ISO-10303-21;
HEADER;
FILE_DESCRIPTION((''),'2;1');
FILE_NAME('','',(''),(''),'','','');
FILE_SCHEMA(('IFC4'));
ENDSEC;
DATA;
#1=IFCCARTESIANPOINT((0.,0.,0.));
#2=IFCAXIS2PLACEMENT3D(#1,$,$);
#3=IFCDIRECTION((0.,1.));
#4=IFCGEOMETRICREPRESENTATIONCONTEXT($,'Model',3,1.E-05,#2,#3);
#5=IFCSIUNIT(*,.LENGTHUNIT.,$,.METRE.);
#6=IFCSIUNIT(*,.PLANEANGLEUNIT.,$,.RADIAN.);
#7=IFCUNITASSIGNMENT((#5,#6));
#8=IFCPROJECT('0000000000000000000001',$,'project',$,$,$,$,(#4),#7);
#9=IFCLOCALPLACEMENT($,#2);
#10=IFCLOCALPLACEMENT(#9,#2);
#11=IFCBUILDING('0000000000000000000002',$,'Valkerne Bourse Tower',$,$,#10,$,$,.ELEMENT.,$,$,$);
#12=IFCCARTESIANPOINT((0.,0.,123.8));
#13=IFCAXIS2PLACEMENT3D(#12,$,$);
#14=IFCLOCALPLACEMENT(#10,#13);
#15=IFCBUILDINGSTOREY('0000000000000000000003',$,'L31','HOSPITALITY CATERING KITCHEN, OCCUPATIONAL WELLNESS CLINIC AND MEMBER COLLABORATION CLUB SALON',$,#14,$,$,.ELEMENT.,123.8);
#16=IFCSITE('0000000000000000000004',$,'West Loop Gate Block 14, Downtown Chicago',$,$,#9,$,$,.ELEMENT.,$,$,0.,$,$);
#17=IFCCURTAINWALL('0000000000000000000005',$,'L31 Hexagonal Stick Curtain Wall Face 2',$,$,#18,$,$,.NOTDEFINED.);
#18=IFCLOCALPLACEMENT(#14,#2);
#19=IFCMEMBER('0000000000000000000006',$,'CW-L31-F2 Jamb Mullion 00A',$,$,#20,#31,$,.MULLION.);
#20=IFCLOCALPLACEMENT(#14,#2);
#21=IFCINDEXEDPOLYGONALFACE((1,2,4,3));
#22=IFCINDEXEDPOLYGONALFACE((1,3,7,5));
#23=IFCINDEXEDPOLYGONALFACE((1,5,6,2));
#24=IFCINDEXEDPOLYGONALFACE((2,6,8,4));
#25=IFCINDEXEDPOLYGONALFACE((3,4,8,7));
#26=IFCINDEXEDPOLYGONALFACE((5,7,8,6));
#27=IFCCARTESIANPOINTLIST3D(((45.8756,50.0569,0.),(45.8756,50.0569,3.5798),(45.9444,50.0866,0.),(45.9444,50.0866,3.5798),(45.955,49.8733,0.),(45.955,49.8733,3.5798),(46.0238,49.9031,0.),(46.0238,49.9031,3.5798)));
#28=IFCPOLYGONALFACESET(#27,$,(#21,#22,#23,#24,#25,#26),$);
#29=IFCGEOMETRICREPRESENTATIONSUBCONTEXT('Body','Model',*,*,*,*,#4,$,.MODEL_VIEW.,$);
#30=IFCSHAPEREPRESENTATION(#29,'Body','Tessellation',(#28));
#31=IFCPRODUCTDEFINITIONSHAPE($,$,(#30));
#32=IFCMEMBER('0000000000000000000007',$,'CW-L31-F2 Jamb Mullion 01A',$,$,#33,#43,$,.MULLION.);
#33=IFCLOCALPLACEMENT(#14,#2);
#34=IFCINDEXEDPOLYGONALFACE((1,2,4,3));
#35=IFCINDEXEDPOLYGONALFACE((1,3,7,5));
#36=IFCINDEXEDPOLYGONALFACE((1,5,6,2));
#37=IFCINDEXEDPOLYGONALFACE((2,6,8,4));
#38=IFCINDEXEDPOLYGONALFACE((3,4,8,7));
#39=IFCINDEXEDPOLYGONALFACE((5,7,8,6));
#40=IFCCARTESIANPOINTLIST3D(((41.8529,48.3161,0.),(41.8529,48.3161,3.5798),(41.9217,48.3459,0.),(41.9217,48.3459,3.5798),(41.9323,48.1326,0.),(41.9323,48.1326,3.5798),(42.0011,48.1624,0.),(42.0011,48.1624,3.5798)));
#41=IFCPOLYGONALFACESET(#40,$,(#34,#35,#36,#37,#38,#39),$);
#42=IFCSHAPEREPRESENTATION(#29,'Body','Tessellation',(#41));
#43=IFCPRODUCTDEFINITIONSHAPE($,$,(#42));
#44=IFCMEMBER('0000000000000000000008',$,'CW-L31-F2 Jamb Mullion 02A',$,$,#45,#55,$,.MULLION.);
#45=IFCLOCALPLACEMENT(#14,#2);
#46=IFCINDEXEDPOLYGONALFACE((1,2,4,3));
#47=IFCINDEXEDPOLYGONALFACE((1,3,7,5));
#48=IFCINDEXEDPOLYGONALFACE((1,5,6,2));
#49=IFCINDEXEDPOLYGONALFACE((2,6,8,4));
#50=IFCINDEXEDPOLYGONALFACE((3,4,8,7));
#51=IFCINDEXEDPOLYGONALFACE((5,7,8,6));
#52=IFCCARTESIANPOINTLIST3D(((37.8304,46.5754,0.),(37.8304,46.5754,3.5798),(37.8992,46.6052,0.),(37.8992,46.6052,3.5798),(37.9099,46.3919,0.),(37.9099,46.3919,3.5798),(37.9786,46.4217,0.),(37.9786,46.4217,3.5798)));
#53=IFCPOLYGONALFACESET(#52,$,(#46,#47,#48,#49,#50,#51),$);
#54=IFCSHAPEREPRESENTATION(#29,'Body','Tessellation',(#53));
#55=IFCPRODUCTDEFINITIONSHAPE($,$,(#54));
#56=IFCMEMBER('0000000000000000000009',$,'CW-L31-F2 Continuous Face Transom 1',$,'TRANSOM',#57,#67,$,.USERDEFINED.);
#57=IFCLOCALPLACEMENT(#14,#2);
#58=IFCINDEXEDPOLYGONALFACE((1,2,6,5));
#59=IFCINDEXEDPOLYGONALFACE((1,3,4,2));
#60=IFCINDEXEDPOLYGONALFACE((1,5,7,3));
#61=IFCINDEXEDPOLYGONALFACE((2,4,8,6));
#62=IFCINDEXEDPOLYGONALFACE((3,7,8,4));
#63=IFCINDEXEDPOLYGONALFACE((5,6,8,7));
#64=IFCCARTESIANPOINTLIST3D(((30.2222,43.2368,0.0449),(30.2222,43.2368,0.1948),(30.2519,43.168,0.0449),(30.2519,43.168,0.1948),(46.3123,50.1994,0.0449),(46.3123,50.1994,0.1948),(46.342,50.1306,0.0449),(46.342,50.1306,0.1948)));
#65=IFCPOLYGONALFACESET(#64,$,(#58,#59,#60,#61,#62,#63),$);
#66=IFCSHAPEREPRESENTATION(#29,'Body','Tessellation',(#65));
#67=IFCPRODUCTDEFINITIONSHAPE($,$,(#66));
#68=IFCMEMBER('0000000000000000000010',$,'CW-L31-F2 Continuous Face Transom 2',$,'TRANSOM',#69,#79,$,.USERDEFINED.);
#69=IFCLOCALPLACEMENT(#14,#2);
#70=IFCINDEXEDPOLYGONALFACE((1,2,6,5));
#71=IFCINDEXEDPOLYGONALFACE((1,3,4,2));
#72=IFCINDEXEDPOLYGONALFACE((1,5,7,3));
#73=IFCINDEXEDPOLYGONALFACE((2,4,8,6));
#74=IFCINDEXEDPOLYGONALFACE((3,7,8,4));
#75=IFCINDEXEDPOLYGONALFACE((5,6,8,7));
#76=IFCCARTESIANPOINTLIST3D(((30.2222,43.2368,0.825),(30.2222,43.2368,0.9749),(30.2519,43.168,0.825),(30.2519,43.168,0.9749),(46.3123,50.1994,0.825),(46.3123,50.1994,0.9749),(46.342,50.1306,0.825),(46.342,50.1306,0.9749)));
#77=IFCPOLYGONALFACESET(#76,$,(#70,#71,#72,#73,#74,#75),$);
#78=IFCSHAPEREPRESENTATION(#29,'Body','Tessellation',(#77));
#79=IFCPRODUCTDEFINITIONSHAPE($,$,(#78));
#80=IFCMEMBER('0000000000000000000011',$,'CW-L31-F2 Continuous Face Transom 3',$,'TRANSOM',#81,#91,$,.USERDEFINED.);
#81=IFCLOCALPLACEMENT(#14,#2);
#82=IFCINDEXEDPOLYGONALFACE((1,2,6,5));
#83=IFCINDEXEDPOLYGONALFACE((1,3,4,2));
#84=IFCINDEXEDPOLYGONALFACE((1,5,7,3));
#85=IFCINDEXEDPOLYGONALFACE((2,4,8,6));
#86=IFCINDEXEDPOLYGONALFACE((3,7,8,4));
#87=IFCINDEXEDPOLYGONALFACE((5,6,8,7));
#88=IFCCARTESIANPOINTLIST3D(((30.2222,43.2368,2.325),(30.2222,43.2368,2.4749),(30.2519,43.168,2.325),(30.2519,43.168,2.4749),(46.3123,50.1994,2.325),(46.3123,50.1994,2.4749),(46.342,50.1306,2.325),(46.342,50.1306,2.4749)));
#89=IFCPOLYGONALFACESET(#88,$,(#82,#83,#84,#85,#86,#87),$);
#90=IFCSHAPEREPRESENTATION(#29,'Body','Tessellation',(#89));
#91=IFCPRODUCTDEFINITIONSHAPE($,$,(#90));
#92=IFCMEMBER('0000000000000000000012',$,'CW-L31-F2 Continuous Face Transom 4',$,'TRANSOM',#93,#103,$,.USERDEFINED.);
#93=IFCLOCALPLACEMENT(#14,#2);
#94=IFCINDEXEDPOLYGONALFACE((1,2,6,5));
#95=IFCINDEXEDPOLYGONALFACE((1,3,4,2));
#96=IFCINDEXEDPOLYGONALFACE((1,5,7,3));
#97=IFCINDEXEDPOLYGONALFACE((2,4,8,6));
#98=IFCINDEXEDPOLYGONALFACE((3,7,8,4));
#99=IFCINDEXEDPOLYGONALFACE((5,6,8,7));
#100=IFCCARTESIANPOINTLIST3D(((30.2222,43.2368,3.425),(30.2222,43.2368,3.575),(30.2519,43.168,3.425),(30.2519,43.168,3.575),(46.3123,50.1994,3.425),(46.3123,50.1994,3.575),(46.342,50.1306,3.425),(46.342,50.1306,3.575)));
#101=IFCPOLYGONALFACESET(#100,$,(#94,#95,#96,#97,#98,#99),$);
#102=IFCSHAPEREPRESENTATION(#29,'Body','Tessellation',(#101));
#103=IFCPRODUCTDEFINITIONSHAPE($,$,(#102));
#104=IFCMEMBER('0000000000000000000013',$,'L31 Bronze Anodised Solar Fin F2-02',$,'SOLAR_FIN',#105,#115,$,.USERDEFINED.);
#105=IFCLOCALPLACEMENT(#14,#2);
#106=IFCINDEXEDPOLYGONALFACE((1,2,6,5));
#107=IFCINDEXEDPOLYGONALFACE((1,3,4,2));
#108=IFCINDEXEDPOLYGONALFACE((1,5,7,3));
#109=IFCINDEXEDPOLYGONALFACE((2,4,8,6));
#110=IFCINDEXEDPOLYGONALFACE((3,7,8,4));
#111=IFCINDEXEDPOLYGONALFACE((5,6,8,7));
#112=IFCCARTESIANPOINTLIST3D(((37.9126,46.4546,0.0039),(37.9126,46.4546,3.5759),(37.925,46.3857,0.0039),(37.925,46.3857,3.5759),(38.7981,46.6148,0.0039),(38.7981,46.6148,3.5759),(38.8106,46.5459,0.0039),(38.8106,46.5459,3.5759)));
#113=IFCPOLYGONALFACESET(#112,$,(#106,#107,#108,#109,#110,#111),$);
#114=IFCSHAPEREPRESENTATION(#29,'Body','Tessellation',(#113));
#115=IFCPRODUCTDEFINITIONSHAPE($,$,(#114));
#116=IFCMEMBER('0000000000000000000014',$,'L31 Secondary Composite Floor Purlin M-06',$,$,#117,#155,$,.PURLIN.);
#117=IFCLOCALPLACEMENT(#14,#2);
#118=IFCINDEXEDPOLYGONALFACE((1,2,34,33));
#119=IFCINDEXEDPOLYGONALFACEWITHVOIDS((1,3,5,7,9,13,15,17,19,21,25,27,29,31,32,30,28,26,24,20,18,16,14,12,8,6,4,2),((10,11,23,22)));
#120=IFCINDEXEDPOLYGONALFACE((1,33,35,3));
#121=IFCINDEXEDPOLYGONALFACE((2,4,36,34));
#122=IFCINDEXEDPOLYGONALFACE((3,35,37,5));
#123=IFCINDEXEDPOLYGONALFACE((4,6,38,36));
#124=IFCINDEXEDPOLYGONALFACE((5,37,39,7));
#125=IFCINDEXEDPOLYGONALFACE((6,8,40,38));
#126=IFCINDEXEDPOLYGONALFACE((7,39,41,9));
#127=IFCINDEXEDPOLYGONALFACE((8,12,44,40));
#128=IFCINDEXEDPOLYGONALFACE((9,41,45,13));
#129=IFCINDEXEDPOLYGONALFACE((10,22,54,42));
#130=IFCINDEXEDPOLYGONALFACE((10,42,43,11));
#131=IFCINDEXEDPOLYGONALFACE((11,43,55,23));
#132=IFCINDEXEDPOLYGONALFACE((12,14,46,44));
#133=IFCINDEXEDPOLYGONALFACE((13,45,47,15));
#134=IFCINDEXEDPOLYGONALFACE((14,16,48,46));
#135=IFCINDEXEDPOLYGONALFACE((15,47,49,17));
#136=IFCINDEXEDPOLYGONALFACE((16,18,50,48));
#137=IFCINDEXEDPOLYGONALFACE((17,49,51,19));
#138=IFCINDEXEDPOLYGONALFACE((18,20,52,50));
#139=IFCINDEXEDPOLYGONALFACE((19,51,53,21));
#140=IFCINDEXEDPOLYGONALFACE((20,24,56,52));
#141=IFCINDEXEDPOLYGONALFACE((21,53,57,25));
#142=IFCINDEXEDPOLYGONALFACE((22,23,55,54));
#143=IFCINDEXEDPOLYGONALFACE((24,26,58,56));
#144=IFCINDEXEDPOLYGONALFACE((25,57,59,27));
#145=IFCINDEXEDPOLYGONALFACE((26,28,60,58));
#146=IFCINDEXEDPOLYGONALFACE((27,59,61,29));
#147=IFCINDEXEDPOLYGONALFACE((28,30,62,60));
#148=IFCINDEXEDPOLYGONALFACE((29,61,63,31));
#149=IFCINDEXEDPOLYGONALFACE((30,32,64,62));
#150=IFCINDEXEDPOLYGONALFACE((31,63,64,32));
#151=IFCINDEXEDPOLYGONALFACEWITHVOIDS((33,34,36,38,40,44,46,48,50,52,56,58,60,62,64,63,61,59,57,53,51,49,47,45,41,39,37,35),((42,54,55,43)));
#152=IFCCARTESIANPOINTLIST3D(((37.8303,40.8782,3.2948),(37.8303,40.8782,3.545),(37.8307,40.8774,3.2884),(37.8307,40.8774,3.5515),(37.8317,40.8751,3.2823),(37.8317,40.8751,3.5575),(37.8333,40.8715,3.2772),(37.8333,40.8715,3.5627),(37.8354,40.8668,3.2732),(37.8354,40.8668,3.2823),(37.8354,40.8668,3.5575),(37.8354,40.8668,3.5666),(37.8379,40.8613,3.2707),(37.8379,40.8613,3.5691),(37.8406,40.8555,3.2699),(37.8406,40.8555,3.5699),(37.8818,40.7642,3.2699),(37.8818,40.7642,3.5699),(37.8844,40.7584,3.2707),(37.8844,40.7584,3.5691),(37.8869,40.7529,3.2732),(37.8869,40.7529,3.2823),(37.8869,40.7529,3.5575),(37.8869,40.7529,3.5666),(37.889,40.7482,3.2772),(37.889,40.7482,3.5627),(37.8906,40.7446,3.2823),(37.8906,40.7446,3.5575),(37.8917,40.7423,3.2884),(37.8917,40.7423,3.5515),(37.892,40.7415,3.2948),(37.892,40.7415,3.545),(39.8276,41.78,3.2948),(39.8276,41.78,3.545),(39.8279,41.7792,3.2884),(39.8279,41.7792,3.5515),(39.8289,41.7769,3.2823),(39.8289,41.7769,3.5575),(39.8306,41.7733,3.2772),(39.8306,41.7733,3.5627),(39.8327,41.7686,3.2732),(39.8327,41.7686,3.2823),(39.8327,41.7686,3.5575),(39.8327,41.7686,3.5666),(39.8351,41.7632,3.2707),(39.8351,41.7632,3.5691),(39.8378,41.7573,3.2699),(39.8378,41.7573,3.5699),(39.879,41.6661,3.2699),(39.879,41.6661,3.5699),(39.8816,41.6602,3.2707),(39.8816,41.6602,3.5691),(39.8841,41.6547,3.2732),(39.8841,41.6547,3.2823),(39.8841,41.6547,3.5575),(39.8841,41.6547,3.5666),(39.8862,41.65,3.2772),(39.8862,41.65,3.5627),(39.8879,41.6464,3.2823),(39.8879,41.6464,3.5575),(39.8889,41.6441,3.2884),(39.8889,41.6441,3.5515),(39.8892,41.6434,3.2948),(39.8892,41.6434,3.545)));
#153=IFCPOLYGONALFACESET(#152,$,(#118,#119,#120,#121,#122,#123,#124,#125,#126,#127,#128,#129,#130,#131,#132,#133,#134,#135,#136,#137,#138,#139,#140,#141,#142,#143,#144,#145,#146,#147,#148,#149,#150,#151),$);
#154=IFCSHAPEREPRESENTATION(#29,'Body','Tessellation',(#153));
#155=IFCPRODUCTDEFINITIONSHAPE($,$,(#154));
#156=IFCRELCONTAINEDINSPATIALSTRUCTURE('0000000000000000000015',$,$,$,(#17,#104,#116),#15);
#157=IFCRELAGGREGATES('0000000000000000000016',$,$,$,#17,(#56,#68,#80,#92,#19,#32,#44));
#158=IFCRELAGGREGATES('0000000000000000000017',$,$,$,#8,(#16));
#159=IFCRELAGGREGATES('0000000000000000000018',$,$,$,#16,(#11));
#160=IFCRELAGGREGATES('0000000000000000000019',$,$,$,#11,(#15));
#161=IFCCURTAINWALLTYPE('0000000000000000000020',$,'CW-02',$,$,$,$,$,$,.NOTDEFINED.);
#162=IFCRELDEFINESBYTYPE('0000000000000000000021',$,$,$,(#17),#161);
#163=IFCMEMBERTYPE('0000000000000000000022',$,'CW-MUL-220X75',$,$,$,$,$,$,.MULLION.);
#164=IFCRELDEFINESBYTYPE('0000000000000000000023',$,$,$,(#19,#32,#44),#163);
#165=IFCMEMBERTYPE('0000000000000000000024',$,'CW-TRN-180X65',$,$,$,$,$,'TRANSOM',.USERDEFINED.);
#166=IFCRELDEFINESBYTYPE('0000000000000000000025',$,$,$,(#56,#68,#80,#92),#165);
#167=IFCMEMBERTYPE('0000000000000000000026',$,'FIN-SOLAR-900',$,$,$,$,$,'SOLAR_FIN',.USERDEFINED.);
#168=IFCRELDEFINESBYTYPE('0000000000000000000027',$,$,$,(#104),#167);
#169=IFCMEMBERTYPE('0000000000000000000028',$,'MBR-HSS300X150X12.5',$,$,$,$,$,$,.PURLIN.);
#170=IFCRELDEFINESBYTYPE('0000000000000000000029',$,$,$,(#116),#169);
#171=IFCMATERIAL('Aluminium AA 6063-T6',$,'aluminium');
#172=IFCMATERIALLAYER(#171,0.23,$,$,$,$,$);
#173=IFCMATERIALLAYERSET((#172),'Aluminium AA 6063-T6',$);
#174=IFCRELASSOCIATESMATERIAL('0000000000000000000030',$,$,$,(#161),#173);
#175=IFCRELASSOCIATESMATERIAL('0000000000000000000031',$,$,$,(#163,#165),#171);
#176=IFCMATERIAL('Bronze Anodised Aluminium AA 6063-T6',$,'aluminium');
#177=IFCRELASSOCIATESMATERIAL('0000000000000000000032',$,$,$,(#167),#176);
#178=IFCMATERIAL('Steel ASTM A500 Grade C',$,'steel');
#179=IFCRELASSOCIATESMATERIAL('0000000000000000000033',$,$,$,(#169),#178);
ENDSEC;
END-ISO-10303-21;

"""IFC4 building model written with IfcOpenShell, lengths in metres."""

from ifc_helpers import new_model, si_unit, direction, frame, origin, origin_2d, place, context, subcontext, project, spatial, rectangle, hollow_rectangle, extrude, material, layer, layer_set, material_profile, profile_set, type_object, element, aggregate, save


model = new_model("IFC4")

# Units and contexts
model_context = context("Model", 3, precision=1e-05, world=origin(), true_north=direction((0.0, 1.0)))
body_context = subcontext(model_context, "Body", "Model", "MODEL_VIEW")
ifc_project = project(units=[si_unit("LENGTHUNIT", "METRE"), si_unit("PLANEANGLEUNIT", "RADIAN")], contexts=[model_context])

# Site, building, storey
site_placement = place(None, origin())
site = spatial("IfcSite", under=ifc_project, at=site_placement, Name="West Loop Gate Block 14, Downtown Chicago", CompositionType="ELEMENT", RefElevation=0.0)
building_placement = place(site_placement, origin())
building = spatial("IfcBuilding", under=site, at=building_placement, Name="Valkerne Bourse Tower", CompositionType="ELEMENT")
storey_placement = place(building_placement, frame((0.0, 0.0, 123.8)))
storey = spatial("IfcBuildingStorey", under=building, at=storey_placement, Name="L31", Description="HOSPITALITY CATERING KITCHEN, OCCUPATIONAL WELLNESS CLINIC AND MEMBER COLLABORATION CLUB SALON", CompositionType="ELEMENT", Elevation=123.8)

# Curtain wall, members
ifc_material_1 = material(Name="Aluminium AA 6063-T6", Category="aluminium")
ifc_layer_1 = layer(ifc_material_1, 0.23)
ifc_layer_set_1 = layer_set([ifc_layer_1], Name="Aluminium AA 6063-T6")
curtain_wall_type = type_object("IfcCurtainWallType", Name="CW-02", PredefinedType="NOTDEFINED", material=ifc_layer_set_1)
curtain_wall_placement = place(storey_placement, origin())
curtain_wall = element("IfcCurtainWall", 1, at=curtain_wall_placement, inside=storey, type_object=curtain_wall_type, Name="L31 Hexagonal Stick Curtain Wall Face 2", PredefinedType="NOTDEFINED")
ifc_material_profile_1 = material_profile(ifc_material_1, rectangle(XDim=0.075, YDim=0.2, at=origin_2d()), Name="CWM-75X200")
ifc_profile_set_1 = profile_set([ifc_material_profile_1], Name="Aluminium AA 6063-T6")
member_type_1 = type_object("IfcMemberType", Name="CW-MUL-220X75", PredefinedType="MULLION", material=ifc_profile_set_1)
member_1_placement = place(storey_placement, frame((45.9497, 49.98, 0.0), z_axis=(0.0, 0.0, 1.0), x_axis=(-0.917762, -0.39713, 0.0)))
member_1 = element("IfcMember", 2, at=member_1_placement, type_object=member_type_1, Name="CW-L31-F2 Jamb Mullion 00A", PredefinedType="MULLION", context=body_context, shape_type="SweptSolid", body=[
    extrude(rectangle(XDim=0.075, YDim=0.2, at=origin_2d()), origin(), (0.0, 0.0, 1.0), 3.5798),
])
member_2_placement = place(storey_placement, frame((41.927, 48.2393, 0.0), z_axis=(0.0, 0.0, 1.0), x_axis=(-0.917754, -0.39715, 0.0)))
member_2 = element("IfcMember", 3, at=member_2_placement, type_object=member_type_1, Name="CW-L31-F2 Jamb Mullion 01A", PredefinedType="MULLION", context=body_context, shape_type="SweptSolid", body=[
    extrude(rectangle(XDim=0.075, YDim=0.2, at=origin_2d()), origin(), (0.0, 0.0, 1.0), 3.5798),
])
member_3_placement = place(storey_placement, frame((37.9045, 46.4985, 0.0), z_axis=(0.0, 0.0, 1.0), x_axis=(-0.917757, -0.397141, 0.0)))
member_3 = element("IfcMember", 4, at=member_3_placement, type_object=member_type_1, Name="CW-L31-F2 Jamb Mullion 02A", PredefinedType="MULLION", context=body_context, shape_type="SweptSolid", body=[
    extrude(rectangle(XDim=0.075, YDim=0.2, at=origin_2d()), origin(), (0.0, 0.0, 1.0), 3.5798),
])
ifc_material_profile_2 = material_profile(ifc_material_1, rectangle(XDim=0.075, YDim=0.1499, at=origin_2d()), Name="CWT-75X150")
ifc_profile_set_2 = profile_set([ifc_material_profile_2], Name="Aluminium AA 6063-T6")
member_type_2 = type_object("IfcMemberType", Name="CW-TRN-180X65", ElementType="TRANSOM", PredefinedType="USERDEFINED", material=ifc_profile_set_2)
member_4_placement = place(storey_placement, frame((46.3271, 50.165, 0.1199), z_axis=(-0.917758, -0.39714, 0.0), x_axis=(0.39714, -0.917758, 0.0)))
member_4 = element("IfcMember", 5, at=member_4_placement, type_object=member_type_2, Name="CW-L31-F2 Continuous Face Transom 1", ObjectType="TRANSOM", PredefinedType="USERDEFINED", context=body_context, shape_type="SweptSolid", body=[
    extrude(rectangle(XDim=0.075, YDim=0.1499, at=origin_2d()), origin(), (0.0, 0.0, 1.0), 17.532),
])
member_5_placement = place(storey_placement, frame((46.3271, 50.165, 0.8999), z_axis=(-0.917758, -0.39714, 0.0), x_axis=(0.39714, -0.917758, 0.0)))
member_5 = element("IfcMember", 6, at=member_5_placement, type_object=member_type_2, Name="CW-L31-F2 Continuous Face Transom 2", ObjectType="TRANSOM", PredefinedType="USERDEFINED", context=body_context, shape_type="SweptSolid", body=[
    extrude(rectangle(XDim=0.075, YDim=0.1499, at=origin_2d()), origin(), (0.0, 0.0, 1.0), 17.532),
])
member_6_placement = place(storey_placement, frame((46.3271, 50.165, 2.3999), z_axis=(-0.917758, -0.39714, 0.0), x_axis=(0.39714, -0.917758, 0.0)))
member_6 = element("IfcMember", 7, at=member_6_placement, type_object=member_type_2, Name="CW-L31-F2 Continuous Face Transom 3", ObjectType="TRANSOM", PredefinedType="USERDEFINED", context=body_context, shape_type="SweptSolid", body=[
    extrude(rectangle(XDim=0.075, YDim=0.1499, at=origin_2d()), origin(), (0.0, 0.0, 1.0), 17.532),
])
member_7_placement = place(storey_placement, frame((46.3271, 50.165, 3.5), z_axis=(-0.917758, -0.39714, 0.0), x_axis=(0.39714, -0.917758, 0.0)))
member_7 = element("IfcMember", 8, at=member_7_placement, type_object=member_type_2, Name="CW-L31-F2 Continuous Face Transom 4", ObjectType="TRANSOM", PredefinedType="USERDEFINED", context=body_context, shape_type="SweptSolid", body=[
    extrude(rectangle(XDim=0.075, YDim=0.1499, at=origin_2d()), origin(), (0.0, 0.0, 1.0), 17.532),
])

# Members
ifc_material_2 = material(Name="Bronze Anodised Aluminium AA 6063-T6", Category="aluminium")
ifc_material_profile_3 = material_profile(ifc_material_2, rectangle(XDim=0.0701, YDim=0.8999, at=origin_2d()), Name="FIN-70X900")
ifc_profile_set_3 = profile_set([ifc_material_profile_3], Name="Bronze Anodised Aluminium AA 6063-T6")
member_type_3 = type_object("IfcMemberType", Name="FIN-SOLAR-900", ElementType="SOLAR_FIN", PredefinedType="USERDEFINED", material=ifc_profile_set_3)
member_8_placement = place(storey_placement, frame((38.3616, 46.5002, 0.0039), z_axis=(0.0, 0.0, 1.0), x_axis=(-0.177983, 0.984034, 0.0)))
element("IfcMember", 9, at=member_8_placement, inside=storey, type_object=member_type_3, Name="L31 Bronze Anodised Solar Fin F2-02", ObjectType="SOLAR_FIN", PredefinedType="USERDEFINED", context=body_context, shape_type="SweptSolid", body=[
    extrude(rectangle(XDim=0.0701, YDim=0.8999, at=origin_2d()), origin(), (0.0, 0.0, 1.0), 3.572),
])
ifc_material_3 = material(Name="Steel ASTM A500 Grade C", Category="steel")
ifc_material_profile_4 = material_profile(ifc_material_3, hollow_rectangle(XDim=0.1499, YDim=0.3, WallThickness=0.0125, OuterFilletRadius=0.0249, at=origin_2d()), Name="HSS300X150X12.5")
ifc_profile_set_4 = profile_set([ifc_material_profile_4], Name="Steel ASTM A500 Grade C")
member_type_4 = type_object("IfcMemberType", Name="MBR-HSS300X150X12.5", PredefinedType="PURLIN", material=ifc_profile_set_4)
member_9_placement = place(storey_placement, frame((39.8584, 41.7117, 3.4199), z_axis=(-0.911398, -0.411527, 0.0), x_axis=(0.411527, -0.911398, 0.0)))
element("IfcMember", 10, at=member_9_placement, inside=storey, type_object=member_type_4, Name="L31 Secondary Composite Floor Purlin M-06", PredefinedType="PURLIN", context=body_context, shape_type="SweptSolid", body=[
    extrude(hollow_rectangle(XDim=0.1499, YDim=0.3, WallThickness=0.0125, OuterFilletRadius=0.0249, at=origin_2d()), origin(), (0.0, 0.0, 1.0), 2.1914),
])

aggregate(curtain_wall, [member_4, member_5, member_6, member_7, member_1, member_2, member_3])

save(model, "model.ifc")
